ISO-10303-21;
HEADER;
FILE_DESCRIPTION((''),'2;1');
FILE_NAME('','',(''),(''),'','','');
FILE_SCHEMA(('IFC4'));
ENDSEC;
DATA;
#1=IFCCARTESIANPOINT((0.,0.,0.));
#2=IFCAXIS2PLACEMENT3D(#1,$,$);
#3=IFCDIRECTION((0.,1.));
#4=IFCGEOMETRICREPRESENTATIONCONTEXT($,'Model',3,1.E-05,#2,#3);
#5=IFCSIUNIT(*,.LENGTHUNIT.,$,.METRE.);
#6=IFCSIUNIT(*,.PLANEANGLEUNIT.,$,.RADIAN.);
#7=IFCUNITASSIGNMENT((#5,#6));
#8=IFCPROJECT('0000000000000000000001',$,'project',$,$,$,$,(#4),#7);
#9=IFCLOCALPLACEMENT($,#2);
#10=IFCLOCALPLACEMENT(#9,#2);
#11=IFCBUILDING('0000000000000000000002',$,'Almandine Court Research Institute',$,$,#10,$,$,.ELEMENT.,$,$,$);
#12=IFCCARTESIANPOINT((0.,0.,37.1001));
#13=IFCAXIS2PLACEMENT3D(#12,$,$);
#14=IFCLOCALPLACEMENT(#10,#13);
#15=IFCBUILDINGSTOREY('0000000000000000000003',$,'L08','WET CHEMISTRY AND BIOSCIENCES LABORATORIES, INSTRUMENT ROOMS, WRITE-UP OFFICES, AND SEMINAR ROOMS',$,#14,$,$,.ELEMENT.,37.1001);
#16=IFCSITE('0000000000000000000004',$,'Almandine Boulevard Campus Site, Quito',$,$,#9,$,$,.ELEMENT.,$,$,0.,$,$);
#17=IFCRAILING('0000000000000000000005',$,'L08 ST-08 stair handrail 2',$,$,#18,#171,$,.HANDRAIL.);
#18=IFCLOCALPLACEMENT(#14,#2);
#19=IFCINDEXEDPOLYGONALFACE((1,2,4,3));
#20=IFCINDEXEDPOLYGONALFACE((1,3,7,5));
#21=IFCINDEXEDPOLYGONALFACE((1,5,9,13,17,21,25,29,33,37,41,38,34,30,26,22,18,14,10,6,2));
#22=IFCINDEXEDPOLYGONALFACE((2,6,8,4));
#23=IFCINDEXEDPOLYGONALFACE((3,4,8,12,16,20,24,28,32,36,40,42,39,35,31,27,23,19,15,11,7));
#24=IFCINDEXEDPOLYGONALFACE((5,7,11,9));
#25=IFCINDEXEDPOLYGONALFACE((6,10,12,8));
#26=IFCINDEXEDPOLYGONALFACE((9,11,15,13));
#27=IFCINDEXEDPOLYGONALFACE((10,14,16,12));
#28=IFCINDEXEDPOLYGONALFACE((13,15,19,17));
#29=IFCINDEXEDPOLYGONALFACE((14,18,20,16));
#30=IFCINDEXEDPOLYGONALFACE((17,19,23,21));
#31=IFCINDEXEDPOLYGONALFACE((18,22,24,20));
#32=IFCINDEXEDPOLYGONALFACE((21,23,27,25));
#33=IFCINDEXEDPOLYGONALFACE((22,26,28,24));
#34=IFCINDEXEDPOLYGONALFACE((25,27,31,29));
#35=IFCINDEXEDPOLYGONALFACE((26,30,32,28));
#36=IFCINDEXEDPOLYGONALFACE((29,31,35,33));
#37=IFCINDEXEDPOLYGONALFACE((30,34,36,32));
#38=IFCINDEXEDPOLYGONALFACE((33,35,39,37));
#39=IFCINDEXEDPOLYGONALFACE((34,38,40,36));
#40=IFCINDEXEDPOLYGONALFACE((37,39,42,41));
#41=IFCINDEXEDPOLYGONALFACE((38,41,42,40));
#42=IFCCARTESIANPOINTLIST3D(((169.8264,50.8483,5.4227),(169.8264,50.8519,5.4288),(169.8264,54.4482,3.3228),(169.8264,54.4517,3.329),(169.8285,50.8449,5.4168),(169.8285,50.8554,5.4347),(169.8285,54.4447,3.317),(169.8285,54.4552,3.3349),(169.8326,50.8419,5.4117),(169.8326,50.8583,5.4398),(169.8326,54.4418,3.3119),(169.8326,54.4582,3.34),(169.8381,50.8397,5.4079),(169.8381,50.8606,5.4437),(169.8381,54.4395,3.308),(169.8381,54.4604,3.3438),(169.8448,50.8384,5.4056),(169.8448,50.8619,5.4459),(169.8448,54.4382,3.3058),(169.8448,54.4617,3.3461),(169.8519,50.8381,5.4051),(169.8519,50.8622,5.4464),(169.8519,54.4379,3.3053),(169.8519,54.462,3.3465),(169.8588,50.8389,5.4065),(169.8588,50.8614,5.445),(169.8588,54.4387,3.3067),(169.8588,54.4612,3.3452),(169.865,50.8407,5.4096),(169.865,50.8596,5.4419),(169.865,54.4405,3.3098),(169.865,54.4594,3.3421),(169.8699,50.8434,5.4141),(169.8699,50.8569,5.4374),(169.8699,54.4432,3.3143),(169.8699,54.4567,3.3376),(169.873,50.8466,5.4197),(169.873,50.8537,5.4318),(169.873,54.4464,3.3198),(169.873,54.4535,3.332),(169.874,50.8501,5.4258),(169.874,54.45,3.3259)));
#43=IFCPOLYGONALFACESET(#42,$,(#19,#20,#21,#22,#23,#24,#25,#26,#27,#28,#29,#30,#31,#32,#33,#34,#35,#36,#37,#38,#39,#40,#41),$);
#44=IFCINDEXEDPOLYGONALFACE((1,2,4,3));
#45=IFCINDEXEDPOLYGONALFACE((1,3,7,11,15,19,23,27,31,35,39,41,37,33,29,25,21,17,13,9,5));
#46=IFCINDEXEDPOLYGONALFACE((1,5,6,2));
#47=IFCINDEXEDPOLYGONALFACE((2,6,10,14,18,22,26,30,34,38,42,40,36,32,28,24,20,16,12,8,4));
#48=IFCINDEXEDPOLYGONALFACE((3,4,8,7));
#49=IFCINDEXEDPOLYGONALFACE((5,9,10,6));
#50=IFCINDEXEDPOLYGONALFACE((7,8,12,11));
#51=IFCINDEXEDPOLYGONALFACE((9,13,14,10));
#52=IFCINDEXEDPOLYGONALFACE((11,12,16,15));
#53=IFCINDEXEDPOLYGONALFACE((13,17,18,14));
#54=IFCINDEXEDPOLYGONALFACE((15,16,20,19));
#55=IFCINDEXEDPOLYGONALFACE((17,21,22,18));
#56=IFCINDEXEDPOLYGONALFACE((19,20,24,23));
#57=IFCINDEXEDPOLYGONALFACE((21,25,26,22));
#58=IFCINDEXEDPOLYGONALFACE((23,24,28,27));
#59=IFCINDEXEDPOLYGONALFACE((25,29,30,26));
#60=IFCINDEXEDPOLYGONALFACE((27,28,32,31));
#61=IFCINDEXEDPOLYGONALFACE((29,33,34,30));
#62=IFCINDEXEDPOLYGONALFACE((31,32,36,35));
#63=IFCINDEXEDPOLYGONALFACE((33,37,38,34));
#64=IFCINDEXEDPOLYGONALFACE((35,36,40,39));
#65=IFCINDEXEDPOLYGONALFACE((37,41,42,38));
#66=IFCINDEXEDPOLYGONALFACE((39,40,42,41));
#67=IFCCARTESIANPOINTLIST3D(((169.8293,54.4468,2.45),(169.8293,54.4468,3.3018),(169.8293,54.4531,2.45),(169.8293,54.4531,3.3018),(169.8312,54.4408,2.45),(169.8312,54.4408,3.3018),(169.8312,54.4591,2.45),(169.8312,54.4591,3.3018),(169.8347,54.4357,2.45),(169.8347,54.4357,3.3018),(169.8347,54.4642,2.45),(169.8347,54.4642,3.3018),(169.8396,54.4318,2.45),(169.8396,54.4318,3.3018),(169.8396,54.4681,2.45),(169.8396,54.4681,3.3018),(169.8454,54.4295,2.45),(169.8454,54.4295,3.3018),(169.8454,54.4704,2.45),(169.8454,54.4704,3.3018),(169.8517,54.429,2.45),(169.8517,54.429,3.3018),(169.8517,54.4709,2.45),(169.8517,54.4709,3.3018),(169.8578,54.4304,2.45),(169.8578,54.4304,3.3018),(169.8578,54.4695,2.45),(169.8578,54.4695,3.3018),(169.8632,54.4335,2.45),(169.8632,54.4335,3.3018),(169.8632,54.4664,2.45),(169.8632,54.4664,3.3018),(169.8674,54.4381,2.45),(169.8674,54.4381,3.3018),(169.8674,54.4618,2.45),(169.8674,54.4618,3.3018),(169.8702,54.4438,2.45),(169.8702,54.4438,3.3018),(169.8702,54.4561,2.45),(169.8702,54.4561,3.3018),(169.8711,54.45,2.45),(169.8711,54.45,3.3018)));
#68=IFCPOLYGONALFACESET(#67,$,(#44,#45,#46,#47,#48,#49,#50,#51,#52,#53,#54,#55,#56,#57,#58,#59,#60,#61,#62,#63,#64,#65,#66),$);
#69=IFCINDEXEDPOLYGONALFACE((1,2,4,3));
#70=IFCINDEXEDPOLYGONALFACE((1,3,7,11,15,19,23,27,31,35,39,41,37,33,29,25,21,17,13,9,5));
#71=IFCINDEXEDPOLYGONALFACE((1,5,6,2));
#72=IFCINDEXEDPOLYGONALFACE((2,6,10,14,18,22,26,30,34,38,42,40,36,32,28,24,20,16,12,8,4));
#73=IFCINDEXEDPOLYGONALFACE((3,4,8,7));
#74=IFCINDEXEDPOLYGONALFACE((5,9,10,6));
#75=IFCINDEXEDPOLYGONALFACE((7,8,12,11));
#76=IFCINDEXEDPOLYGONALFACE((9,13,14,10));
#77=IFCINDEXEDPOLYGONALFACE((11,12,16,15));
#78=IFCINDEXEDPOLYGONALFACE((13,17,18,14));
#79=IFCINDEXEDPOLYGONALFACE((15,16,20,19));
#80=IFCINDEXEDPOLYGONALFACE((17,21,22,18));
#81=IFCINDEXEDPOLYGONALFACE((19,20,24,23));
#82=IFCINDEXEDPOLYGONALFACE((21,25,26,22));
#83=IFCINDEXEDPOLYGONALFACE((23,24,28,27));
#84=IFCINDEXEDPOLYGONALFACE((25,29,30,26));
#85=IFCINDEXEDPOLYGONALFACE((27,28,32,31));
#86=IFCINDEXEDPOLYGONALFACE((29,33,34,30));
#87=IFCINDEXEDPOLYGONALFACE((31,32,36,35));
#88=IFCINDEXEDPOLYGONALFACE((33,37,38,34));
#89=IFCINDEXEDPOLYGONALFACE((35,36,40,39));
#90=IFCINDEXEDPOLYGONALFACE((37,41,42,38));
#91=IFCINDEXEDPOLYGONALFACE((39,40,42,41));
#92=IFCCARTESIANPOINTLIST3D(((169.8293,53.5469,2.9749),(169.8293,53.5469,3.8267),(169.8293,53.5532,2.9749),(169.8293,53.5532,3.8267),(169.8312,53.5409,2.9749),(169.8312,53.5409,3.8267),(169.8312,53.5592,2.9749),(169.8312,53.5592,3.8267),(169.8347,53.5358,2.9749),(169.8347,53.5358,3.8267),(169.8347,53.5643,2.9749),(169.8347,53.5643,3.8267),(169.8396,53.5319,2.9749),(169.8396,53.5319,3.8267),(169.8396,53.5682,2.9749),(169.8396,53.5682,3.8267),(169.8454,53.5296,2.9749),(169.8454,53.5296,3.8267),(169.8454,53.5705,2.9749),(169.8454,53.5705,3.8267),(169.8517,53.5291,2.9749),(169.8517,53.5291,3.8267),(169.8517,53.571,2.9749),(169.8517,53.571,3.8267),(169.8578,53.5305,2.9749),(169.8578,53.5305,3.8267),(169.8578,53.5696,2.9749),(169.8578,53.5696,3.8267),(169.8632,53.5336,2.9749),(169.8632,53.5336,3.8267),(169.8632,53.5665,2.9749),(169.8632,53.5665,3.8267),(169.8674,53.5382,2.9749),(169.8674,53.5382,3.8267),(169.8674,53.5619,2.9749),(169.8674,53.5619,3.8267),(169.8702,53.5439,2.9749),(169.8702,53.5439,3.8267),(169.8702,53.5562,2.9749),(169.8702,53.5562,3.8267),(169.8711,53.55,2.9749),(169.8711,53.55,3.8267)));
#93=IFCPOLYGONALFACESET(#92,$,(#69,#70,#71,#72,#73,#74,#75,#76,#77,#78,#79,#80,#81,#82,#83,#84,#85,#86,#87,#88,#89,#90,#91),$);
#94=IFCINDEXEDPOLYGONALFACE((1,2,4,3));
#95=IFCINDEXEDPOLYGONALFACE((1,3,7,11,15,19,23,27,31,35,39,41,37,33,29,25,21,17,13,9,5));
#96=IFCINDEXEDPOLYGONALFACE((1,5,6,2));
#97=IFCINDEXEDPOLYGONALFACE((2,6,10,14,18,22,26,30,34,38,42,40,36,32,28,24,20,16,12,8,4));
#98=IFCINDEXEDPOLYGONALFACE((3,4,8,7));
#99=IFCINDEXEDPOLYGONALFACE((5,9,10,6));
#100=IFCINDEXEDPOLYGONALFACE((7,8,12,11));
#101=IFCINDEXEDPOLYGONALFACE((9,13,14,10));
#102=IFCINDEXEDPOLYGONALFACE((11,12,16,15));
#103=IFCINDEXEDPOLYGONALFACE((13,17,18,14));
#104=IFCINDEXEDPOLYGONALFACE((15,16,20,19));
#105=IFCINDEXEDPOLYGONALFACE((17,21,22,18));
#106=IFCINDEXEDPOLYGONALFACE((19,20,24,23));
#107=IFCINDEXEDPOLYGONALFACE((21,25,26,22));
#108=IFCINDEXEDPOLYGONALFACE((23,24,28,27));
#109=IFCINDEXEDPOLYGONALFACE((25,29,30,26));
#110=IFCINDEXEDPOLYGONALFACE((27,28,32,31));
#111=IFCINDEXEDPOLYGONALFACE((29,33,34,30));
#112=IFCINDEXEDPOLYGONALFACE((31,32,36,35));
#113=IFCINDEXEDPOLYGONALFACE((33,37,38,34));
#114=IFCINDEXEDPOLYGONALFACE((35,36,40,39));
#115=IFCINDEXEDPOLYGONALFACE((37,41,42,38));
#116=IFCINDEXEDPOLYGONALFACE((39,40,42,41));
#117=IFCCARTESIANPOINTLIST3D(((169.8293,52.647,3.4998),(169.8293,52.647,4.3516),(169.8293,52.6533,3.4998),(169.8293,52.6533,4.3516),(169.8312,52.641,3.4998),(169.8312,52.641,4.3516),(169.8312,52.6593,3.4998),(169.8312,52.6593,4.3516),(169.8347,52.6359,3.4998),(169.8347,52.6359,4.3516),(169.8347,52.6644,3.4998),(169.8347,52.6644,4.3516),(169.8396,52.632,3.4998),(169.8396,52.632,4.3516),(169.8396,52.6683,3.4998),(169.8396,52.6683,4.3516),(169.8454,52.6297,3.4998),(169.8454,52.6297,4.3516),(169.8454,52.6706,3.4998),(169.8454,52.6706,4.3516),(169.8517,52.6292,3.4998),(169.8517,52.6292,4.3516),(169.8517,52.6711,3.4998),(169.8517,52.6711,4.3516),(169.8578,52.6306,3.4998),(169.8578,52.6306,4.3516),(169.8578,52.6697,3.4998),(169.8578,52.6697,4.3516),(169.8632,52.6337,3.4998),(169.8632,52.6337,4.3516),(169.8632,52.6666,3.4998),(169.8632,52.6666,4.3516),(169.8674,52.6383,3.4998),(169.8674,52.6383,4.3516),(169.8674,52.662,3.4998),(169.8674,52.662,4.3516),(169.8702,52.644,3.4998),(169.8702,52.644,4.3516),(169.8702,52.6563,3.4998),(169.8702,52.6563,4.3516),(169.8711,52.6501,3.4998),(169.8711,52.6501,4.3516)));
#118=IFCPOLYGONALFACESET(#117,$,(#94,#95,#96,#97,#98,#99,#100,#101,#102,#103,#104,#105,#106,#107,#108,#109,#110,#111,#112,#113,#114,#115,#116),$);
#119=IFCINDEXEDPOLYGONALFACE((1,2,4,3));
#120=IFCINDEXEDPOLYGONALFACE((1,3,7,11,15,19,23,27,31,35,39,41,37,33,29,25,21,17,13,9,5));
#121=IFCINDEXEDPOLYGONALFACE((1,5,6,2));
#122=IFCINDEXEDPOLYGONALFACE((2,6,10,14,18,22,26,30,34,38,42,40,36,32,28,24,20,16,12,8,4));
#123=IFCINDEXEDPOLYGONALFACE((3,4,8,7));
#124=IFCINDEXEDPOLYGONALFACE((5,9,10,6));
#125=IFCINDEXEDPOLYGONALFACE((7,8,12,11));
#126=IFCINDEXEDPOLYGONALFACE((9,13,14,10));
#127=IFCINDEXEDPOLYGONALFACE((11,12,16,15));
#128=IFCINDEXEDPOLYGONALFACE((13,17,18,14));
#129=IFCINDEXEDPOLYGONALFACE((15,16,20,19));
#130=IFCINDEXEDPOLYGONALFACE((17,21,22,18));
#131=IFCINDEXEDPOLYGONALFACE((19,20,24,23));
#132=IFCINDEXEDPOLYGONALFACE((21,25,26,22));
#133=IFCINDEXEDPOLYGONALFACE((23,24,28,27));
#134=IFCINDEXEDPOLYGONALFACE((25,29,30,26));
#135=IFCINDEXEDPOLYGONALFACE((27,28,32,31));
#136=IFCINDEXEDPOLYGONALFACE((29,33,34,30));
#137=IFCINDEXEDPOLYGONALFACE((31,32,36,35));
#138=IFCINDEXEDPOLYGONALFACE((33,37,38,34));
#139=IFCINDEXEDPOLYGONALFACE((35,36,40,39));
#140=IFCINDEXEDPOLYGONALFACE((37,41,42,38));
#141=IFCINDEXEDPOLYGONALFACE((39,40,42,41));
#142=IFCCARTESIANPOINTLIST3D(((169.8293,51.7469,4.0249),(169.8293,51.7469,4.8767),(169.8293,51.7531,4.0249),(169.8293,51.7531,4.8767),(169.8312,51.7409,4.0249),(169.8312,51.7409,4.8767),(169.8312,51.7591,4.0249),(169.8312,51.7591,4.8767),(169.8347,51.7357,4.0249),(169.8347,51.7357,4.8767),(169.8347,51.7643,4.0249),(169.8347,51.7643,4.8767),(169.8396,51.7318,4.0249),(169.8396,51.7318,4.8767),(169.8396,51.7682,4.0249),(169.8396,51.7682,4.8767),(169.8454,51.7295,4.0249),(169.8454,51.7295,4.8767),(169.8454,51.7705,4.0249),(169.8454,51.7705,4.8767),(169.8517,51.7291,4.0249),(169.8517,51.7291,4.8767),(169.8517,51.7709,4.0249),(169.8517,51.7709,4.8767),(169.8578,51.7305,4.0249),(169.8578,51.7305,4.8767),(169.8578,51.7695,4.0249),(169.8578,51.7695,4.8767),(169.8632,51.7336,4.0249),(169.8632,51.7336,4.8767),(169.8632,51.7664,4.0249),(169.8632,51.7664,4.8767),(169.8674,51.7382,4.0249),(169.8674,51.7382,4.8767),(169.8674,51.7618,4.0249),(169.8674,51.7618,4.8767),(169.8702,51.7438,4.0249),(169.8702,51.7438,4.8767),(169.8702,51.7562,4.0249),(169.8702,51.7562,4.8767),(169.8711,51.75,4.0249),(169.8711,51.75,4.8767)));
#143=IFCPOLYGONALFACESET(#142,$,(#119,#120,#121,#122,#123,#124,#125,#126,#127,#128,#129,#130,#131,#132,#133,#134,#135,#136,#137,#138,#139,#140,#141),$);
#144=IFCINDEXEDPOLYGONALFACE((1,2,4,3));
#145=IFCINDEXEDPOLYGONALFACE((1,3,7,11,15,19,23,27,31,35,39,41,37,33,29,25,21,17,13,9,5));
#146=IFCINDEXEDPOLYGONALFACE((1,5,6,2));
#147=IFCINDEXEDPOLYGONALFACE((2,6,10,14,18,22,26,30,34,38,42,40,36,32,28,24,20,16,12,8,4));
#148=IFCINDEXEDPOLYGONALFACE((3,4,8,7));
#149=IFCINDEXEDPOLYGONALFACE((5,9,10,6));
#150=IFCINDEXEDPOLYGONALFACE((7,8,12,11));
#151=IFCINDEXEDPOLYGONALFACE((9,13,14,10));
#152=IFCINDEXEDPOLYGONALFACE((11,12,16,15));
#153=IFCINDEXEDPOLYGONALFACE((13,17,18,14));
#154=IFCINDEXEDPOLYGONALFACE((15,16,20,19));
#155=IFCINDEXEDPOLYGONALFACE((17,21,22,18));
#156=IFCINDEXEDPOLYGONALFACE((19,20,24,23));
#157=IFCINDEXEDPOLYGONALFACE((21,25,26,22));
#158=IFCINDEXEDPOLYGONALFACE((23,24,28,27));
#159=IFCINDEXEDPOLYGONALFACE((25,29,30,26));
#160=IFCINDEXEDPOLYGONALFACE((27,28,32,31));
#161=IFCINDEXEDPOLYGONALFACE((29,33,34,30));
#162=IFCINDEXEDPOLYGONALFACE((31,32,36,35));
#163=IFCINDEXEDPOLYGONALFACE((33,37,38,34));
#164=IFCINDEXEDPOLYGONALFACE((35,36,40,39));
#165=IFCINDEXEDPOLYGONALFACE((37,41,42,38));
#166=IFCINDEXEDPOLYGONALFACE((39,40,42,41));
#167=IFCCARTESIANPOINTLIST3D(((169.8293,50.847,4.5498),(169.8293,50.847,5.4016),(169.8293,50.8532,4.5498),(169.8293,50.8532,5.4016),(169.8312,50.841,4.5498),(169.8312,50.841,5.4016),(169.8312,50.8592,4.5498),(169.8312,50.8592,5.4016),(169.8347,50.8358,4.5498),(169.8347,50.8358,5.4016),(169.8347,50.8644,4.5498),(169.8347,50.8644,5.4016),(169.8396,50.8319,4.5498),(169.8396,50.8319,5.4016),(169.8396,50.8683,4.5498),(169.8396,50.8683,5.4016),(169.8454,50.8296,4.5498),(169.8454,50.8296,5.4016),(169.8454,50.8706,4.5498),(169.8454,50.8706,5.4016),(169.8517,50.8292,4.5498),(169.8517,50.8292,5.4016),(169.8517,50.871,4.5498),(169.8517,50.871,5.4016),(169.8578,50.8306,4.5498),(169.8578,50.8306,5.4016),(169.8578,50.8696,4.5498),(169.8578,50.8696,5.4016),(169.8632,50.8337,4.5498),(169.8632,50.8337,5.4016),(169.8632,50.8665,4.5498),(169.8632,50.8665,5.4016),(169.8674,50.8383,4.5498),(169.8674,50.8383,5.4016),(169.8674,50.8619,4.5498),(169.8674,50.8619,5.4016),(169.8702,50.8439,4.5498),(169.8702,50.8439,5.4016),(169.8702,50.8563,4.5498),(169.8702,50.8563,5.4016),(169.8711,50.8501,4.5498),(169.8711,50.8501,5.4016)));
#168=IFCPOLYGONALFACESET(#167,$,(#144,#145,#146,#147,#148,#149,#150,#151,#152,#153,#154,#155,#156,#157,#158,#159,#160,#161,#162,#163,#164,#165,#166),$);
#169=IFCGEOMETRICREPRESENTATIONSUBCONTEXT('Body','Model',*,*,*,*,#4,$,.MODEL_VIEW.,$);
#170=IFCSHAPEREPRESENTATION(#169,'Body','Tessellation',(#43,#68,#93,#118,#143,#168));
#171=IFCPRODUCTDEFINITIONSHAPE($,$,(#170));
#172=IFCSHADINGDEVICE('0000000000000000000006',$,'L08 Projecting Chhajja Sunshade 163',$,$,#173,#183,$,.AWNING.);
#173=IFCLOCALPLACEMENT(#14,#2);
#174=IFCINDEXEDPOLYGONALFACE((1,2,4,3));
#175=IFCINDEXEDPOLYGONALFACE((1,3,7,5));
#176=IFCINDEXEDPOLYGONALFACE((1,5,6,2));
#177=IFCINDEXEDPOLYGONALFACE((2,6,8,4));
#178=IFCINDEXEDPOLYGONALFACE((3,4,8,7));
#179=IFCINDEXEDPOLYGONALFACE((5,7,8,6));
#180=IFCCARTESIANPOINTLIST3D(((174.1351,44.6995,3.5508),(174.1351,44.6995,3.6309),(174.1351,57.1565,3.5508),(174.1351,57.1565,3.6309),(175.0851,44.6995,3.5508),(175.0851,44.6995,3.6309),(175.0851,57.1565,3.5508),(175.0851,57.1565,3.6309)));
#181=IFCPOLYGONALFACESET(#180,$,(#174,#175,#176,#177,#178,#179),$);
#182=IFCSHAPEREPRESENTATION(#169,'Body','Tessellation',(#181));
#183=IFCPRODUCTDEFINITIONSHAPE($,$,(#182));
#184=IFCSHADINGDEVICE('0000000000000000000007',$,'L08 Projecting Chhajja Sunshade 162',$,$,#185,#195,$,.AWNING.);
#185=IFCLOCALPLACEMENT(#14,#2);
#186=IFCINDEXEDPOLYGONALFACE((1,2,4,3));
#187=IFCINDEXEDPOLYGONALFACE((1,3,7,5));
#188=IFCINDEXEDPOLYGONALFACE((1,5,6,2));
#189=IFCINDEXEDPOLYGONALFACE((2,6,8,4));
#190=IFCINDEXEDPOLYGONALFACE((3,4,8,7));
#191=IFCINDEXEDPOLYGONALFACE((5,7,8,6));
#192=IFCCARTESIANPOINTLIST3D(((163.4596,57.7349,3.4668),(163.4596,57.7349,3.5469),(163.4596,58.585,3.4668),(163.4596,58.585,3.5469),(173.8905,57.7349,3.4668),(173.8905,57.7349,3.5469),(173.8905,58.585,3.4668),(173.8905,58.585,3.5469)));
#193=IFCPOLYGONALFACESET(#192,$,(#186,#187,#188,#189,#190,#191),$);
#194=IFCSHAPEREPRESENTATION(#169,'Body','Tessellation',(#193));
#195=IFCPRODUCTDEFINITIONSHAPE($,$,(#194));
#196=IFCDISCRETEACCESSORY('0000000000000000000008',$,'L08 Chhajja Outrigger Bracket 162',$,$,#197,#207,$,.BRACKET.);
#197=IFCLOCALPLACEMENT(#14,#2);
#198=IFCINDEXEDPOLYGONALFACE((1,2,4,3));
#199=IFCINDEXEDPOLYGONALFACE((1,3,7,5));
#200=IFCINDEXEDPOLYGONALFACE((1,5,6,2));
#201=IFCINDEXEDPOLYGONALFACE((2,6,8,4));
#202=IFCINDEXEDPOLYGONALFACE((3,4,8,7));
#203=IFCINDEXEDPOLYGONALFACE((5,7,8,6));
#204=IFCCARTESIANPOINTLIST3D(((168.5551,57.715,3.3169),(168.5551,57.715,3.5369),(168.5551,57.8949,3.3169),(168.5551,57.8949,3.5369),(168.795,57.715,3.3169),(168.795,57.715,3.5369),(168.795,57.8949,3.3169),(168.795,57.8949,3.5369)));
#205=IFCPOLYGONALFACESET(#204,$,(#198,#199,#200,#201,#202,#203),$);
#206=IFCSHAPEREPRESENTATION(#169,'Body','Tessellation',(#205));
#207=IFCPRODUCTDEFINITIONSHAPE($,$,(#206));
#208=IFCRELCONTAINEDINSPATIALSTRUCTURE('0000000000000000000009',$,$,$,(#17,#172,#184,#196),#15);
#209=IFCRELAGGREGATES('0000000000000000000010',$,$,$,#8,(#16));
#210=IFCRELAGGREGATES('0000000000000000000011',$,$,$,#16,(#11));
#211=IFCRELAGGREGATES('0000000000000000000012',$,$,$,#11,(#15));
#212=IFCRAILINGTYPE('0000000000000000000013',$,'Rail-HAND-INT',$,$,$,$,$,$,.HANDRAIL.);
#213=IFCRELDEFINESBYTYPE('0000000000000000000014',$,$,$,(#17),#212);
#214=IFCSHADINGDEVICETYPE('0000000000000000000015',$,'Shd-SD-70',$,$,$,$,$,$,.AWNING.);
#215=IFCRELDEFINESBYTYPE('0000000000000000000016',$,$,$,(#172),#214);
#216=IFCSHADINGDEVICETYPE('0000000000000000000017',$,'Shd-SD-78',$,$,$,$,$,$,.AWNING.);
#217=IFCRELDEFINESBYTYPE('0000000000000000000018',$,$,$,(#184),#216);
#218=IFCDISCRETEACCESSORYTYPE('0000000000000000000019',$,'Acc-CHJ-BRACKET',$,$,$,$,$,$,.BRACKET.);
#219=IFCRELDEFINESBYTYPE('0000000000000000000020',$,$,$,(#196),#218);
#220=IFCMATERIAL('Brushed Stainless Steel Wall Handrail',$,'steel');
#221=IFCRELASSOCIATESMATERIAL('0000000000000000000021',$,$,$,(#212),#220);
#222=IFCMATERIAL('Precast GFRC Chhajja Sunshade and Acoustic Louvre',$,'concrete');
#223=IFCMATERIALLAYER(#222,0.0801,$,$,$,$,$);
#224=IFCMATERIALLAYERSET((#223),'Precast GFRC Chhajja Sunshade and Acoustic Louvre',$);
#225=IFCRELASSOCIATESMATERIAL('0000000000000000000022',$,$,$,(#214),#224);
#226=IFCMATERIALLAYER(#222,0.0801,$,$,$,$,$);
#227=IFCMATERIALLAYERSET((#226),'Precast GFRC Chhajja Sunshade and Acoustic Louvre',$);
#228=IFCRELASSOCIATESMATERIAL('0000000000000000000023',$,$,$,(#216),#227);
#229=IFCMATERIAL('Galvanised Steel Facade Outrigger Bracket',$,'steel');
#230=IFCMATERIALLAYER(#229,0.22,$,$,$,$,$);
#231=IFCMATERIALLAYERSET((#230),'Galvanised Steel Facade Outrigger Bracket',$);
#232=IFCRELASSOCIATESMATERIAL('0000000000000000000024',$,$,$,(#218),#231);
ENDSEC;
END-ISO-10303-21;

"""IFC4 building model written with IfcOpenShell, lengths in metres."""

from ifc_helpers import new_model, si_unit, direction, frame, origin, origin_2d, place, context, subcontext, project, spatial, rectangle, circle, extrude, material, layer, layer_set, type_object, element, save


model = new_model("IFC4")

# Units and contexts
model_context = context("Model", 3, precision=1e-05, world=origin(), true_north=direction((0.0, 1.0)))
body_context = subcontext(model_context, "Body", "Model", "MODEL_VIEW")
ifc_project = project(units=[si_unit("LENGTHUNIT", "METRE"), si_unit("PLANEANGLEUNIT", "RADIAN")], contexts=[model_context])

# Site, building, storey
site_placement = place(None, origin())
site = spatial("IfcSite", under=ifc_project, at=site_placement, Name="Almandine Boulevard Campus Site, Quito", CompositionType="ELEMENT", RefElevation=0.0)
building_placement = place(site_placement, origin())
building = spatial("IfcBuilding", under=site, at=building_placement, Name="Almandine Court Research Institute", CompositionType="ELEMENT")
storey_placement = place(building_placement, frame((0.0, 0.0, 37.1001)))
storey = spatial("IfcBuildingStorey", under=building, at=storey_placement, Name="L08", Description="WET CHEMISTRY AND BIOSCIENCES LABORATORIES, INSTRUMENT ROOMS, WRITE-UP OFFICES, AND SEMINAR ROOMS", CompositionType="ELEMENT", Elevation=37.1001)

# Railing
ifc_material_1 = material(Name="Brushed Stainless Steel Wall Handrail", Category="steel")
railing_type_1 = type_object("IfcRailingType", Name="Rail-HAND-INT", PredefinedType="HANDRAIL", material=ifc_material_1)
railing_1_placement = place(storey_placement, frame((169.8501, 54.45, 2.45)))
element("IfcRailing", 1, at=railing_1_placement, inside=storey, type_object=railing_type_1, Name="L08 ST-08 stair handrail 2", PredefinedType="HANDRAIL", context=body_context, shape_type="SweptSolid", body=[
    extrude(circle(Radius=0.0239, at=origin_2d()), frame((0.0, 0.0, 0.876), z_axis=(0.0, -0.863785, 0.50386), x_axis=(1.0, 0.0, 0.0)), (0.0, 0.0, 1.0), 4.1675),
    extrude(circle(Radius=0.021, at=origin_2d()), origin(), (0.0, 0.0, 1.0), 0.8518),
    extrude(circle(Radius=0.021, at=origin_2d()), frame((0.0, -0.8999, 0.5249)), (0.0, 0.0, 1.0), 0.8518),
    extrude(circle(Radius=0.021, at=origin_2d()), frame((0.0, -1.7998, 1.0498)), (0.0, 0.0, 1.0), 0.8518),
    extrude(circle(Radius=0.021, at=origin_2d()), frame((0.0, -2.7, 1.575)), (0.0, 0.0, 1.0), 0.8518),
    extrude(circle(Radius=0.021, at=origin_2d()), frame((0.0, -3.5999, 2.0999)), (0.0, 0.0, 1.0), 0.8518),
])

# Shading devices
ifc_material_2 = material(Name="Precast GFRC Chhajja Sunshade and Acoustic Louvre", Category="concrete")
ifc_layer_1 = layer(ifc_material_2, 0.0801)
ifc_layer_set_1 = layer_set([ifc_layer_1], Name="Precast GFRC Chhajja Sunshade and Acoustic Louvre")
shading_device_type_1 = type_object("IfcShadingDeviceType", Name="Shd-SD-70", PredefinedType="AWNING", material=ifc_layer_set_1)
shading_device_1_placement = place(storey_placement, frame((174.6101, 50.928, 3.5508), z_axis=(0.0, 0.0, 1.0), x_axis=(0.0, -1.0, 0.0)))
element("IfcShadingDevice", 2, at=shading_device_1_placement, inside=storey, type_object=shading_device_type_1, Name="L08 Projecting Chhajja Sunshade 163", PredefinedType="AWNING", context=body_context, shape_type="SweptSolid", body=[
    extrude(rectangle(XDim=12.457, YDim=0.95, at=origin_2d()), origin(), (0.0, 0.0, 1.0), 0.0801),
])
ifc_layer_2 = layer(ifc_material_2, 0.0801)
ifc_layer_set_2 = layer_set([ifc_layer_2], Name="Precast GFRC Chhajja Sunshade and Acoustic Louvre")
shading_device_type_2 = type_object("IfcShadingDeviceType", Name="Shd-SD-78", PredefinedType="AWNING", material=ifc_layer_set_2)
shading_device_2_placement = place(storey_placement, frame((168.675, 58.1599, 3.4668), z_axis=(0.0, 0.0, 1.0), x_axis=(1.0, 0.0, 0.0)))
element("IfcShadingDevice", 3, at=shading_device_2_placement, inside=storey, type_object=shading_device_type_2, Name="L08 Projecting Chhajja Sunshade 162", PredefinedType="AWNING", context=body_context, shape_type="SweptSolid", body=[
    extrude(rectangle(XDim=10.4309, YDim=0.8501, at=origin_2d()), origin(), (0.0, 0.0, 1.0), 0.0801),
])

# Discrete accessory
ifc_material_3 = material(Name="Galvanised Steel Facade Outrigger Bracket", Category="steel")
ifc_layer_3 = layer(ifc_material_3, 0.22)
ifc_layer_set_3 = layer_set([ifc_layer_3], Name="Galvanised Steel Facade Outrigger Bracket")
discrete_accessory_type = type_object("IfcDiscreteAccessoryType", Name="Acc-CHJ-BRACKET", PredefinedType="BRACKET", material=ifc_layer_set_3)
for number, where, z_axis, x_axis, name in (
    (4, (168.675, 57.8049, 3.3169), (0.0, 0.0, 1.0), (1.0, 0.0, 0.0), "L08 Chhajja Outrigger Bracket 162"),
):
    element("IfcDiscreteAccessory", number, at=place(storey_placement, frame(where, z_axis=z_axis, x_axis=x_axis)), inside=storey, type_object=discrete_accessory_type, Name=name, PredefinedType="BRACKET", context=body_context, shape_type="SweptSolid", body=[
        extrude(rectangle(XDim=0.24, YDim=0.1799, at=origin_2d()), origin(), (0.0, 0.0, 1.0), 0.22),
    ])

save(model, "model.ifc")
